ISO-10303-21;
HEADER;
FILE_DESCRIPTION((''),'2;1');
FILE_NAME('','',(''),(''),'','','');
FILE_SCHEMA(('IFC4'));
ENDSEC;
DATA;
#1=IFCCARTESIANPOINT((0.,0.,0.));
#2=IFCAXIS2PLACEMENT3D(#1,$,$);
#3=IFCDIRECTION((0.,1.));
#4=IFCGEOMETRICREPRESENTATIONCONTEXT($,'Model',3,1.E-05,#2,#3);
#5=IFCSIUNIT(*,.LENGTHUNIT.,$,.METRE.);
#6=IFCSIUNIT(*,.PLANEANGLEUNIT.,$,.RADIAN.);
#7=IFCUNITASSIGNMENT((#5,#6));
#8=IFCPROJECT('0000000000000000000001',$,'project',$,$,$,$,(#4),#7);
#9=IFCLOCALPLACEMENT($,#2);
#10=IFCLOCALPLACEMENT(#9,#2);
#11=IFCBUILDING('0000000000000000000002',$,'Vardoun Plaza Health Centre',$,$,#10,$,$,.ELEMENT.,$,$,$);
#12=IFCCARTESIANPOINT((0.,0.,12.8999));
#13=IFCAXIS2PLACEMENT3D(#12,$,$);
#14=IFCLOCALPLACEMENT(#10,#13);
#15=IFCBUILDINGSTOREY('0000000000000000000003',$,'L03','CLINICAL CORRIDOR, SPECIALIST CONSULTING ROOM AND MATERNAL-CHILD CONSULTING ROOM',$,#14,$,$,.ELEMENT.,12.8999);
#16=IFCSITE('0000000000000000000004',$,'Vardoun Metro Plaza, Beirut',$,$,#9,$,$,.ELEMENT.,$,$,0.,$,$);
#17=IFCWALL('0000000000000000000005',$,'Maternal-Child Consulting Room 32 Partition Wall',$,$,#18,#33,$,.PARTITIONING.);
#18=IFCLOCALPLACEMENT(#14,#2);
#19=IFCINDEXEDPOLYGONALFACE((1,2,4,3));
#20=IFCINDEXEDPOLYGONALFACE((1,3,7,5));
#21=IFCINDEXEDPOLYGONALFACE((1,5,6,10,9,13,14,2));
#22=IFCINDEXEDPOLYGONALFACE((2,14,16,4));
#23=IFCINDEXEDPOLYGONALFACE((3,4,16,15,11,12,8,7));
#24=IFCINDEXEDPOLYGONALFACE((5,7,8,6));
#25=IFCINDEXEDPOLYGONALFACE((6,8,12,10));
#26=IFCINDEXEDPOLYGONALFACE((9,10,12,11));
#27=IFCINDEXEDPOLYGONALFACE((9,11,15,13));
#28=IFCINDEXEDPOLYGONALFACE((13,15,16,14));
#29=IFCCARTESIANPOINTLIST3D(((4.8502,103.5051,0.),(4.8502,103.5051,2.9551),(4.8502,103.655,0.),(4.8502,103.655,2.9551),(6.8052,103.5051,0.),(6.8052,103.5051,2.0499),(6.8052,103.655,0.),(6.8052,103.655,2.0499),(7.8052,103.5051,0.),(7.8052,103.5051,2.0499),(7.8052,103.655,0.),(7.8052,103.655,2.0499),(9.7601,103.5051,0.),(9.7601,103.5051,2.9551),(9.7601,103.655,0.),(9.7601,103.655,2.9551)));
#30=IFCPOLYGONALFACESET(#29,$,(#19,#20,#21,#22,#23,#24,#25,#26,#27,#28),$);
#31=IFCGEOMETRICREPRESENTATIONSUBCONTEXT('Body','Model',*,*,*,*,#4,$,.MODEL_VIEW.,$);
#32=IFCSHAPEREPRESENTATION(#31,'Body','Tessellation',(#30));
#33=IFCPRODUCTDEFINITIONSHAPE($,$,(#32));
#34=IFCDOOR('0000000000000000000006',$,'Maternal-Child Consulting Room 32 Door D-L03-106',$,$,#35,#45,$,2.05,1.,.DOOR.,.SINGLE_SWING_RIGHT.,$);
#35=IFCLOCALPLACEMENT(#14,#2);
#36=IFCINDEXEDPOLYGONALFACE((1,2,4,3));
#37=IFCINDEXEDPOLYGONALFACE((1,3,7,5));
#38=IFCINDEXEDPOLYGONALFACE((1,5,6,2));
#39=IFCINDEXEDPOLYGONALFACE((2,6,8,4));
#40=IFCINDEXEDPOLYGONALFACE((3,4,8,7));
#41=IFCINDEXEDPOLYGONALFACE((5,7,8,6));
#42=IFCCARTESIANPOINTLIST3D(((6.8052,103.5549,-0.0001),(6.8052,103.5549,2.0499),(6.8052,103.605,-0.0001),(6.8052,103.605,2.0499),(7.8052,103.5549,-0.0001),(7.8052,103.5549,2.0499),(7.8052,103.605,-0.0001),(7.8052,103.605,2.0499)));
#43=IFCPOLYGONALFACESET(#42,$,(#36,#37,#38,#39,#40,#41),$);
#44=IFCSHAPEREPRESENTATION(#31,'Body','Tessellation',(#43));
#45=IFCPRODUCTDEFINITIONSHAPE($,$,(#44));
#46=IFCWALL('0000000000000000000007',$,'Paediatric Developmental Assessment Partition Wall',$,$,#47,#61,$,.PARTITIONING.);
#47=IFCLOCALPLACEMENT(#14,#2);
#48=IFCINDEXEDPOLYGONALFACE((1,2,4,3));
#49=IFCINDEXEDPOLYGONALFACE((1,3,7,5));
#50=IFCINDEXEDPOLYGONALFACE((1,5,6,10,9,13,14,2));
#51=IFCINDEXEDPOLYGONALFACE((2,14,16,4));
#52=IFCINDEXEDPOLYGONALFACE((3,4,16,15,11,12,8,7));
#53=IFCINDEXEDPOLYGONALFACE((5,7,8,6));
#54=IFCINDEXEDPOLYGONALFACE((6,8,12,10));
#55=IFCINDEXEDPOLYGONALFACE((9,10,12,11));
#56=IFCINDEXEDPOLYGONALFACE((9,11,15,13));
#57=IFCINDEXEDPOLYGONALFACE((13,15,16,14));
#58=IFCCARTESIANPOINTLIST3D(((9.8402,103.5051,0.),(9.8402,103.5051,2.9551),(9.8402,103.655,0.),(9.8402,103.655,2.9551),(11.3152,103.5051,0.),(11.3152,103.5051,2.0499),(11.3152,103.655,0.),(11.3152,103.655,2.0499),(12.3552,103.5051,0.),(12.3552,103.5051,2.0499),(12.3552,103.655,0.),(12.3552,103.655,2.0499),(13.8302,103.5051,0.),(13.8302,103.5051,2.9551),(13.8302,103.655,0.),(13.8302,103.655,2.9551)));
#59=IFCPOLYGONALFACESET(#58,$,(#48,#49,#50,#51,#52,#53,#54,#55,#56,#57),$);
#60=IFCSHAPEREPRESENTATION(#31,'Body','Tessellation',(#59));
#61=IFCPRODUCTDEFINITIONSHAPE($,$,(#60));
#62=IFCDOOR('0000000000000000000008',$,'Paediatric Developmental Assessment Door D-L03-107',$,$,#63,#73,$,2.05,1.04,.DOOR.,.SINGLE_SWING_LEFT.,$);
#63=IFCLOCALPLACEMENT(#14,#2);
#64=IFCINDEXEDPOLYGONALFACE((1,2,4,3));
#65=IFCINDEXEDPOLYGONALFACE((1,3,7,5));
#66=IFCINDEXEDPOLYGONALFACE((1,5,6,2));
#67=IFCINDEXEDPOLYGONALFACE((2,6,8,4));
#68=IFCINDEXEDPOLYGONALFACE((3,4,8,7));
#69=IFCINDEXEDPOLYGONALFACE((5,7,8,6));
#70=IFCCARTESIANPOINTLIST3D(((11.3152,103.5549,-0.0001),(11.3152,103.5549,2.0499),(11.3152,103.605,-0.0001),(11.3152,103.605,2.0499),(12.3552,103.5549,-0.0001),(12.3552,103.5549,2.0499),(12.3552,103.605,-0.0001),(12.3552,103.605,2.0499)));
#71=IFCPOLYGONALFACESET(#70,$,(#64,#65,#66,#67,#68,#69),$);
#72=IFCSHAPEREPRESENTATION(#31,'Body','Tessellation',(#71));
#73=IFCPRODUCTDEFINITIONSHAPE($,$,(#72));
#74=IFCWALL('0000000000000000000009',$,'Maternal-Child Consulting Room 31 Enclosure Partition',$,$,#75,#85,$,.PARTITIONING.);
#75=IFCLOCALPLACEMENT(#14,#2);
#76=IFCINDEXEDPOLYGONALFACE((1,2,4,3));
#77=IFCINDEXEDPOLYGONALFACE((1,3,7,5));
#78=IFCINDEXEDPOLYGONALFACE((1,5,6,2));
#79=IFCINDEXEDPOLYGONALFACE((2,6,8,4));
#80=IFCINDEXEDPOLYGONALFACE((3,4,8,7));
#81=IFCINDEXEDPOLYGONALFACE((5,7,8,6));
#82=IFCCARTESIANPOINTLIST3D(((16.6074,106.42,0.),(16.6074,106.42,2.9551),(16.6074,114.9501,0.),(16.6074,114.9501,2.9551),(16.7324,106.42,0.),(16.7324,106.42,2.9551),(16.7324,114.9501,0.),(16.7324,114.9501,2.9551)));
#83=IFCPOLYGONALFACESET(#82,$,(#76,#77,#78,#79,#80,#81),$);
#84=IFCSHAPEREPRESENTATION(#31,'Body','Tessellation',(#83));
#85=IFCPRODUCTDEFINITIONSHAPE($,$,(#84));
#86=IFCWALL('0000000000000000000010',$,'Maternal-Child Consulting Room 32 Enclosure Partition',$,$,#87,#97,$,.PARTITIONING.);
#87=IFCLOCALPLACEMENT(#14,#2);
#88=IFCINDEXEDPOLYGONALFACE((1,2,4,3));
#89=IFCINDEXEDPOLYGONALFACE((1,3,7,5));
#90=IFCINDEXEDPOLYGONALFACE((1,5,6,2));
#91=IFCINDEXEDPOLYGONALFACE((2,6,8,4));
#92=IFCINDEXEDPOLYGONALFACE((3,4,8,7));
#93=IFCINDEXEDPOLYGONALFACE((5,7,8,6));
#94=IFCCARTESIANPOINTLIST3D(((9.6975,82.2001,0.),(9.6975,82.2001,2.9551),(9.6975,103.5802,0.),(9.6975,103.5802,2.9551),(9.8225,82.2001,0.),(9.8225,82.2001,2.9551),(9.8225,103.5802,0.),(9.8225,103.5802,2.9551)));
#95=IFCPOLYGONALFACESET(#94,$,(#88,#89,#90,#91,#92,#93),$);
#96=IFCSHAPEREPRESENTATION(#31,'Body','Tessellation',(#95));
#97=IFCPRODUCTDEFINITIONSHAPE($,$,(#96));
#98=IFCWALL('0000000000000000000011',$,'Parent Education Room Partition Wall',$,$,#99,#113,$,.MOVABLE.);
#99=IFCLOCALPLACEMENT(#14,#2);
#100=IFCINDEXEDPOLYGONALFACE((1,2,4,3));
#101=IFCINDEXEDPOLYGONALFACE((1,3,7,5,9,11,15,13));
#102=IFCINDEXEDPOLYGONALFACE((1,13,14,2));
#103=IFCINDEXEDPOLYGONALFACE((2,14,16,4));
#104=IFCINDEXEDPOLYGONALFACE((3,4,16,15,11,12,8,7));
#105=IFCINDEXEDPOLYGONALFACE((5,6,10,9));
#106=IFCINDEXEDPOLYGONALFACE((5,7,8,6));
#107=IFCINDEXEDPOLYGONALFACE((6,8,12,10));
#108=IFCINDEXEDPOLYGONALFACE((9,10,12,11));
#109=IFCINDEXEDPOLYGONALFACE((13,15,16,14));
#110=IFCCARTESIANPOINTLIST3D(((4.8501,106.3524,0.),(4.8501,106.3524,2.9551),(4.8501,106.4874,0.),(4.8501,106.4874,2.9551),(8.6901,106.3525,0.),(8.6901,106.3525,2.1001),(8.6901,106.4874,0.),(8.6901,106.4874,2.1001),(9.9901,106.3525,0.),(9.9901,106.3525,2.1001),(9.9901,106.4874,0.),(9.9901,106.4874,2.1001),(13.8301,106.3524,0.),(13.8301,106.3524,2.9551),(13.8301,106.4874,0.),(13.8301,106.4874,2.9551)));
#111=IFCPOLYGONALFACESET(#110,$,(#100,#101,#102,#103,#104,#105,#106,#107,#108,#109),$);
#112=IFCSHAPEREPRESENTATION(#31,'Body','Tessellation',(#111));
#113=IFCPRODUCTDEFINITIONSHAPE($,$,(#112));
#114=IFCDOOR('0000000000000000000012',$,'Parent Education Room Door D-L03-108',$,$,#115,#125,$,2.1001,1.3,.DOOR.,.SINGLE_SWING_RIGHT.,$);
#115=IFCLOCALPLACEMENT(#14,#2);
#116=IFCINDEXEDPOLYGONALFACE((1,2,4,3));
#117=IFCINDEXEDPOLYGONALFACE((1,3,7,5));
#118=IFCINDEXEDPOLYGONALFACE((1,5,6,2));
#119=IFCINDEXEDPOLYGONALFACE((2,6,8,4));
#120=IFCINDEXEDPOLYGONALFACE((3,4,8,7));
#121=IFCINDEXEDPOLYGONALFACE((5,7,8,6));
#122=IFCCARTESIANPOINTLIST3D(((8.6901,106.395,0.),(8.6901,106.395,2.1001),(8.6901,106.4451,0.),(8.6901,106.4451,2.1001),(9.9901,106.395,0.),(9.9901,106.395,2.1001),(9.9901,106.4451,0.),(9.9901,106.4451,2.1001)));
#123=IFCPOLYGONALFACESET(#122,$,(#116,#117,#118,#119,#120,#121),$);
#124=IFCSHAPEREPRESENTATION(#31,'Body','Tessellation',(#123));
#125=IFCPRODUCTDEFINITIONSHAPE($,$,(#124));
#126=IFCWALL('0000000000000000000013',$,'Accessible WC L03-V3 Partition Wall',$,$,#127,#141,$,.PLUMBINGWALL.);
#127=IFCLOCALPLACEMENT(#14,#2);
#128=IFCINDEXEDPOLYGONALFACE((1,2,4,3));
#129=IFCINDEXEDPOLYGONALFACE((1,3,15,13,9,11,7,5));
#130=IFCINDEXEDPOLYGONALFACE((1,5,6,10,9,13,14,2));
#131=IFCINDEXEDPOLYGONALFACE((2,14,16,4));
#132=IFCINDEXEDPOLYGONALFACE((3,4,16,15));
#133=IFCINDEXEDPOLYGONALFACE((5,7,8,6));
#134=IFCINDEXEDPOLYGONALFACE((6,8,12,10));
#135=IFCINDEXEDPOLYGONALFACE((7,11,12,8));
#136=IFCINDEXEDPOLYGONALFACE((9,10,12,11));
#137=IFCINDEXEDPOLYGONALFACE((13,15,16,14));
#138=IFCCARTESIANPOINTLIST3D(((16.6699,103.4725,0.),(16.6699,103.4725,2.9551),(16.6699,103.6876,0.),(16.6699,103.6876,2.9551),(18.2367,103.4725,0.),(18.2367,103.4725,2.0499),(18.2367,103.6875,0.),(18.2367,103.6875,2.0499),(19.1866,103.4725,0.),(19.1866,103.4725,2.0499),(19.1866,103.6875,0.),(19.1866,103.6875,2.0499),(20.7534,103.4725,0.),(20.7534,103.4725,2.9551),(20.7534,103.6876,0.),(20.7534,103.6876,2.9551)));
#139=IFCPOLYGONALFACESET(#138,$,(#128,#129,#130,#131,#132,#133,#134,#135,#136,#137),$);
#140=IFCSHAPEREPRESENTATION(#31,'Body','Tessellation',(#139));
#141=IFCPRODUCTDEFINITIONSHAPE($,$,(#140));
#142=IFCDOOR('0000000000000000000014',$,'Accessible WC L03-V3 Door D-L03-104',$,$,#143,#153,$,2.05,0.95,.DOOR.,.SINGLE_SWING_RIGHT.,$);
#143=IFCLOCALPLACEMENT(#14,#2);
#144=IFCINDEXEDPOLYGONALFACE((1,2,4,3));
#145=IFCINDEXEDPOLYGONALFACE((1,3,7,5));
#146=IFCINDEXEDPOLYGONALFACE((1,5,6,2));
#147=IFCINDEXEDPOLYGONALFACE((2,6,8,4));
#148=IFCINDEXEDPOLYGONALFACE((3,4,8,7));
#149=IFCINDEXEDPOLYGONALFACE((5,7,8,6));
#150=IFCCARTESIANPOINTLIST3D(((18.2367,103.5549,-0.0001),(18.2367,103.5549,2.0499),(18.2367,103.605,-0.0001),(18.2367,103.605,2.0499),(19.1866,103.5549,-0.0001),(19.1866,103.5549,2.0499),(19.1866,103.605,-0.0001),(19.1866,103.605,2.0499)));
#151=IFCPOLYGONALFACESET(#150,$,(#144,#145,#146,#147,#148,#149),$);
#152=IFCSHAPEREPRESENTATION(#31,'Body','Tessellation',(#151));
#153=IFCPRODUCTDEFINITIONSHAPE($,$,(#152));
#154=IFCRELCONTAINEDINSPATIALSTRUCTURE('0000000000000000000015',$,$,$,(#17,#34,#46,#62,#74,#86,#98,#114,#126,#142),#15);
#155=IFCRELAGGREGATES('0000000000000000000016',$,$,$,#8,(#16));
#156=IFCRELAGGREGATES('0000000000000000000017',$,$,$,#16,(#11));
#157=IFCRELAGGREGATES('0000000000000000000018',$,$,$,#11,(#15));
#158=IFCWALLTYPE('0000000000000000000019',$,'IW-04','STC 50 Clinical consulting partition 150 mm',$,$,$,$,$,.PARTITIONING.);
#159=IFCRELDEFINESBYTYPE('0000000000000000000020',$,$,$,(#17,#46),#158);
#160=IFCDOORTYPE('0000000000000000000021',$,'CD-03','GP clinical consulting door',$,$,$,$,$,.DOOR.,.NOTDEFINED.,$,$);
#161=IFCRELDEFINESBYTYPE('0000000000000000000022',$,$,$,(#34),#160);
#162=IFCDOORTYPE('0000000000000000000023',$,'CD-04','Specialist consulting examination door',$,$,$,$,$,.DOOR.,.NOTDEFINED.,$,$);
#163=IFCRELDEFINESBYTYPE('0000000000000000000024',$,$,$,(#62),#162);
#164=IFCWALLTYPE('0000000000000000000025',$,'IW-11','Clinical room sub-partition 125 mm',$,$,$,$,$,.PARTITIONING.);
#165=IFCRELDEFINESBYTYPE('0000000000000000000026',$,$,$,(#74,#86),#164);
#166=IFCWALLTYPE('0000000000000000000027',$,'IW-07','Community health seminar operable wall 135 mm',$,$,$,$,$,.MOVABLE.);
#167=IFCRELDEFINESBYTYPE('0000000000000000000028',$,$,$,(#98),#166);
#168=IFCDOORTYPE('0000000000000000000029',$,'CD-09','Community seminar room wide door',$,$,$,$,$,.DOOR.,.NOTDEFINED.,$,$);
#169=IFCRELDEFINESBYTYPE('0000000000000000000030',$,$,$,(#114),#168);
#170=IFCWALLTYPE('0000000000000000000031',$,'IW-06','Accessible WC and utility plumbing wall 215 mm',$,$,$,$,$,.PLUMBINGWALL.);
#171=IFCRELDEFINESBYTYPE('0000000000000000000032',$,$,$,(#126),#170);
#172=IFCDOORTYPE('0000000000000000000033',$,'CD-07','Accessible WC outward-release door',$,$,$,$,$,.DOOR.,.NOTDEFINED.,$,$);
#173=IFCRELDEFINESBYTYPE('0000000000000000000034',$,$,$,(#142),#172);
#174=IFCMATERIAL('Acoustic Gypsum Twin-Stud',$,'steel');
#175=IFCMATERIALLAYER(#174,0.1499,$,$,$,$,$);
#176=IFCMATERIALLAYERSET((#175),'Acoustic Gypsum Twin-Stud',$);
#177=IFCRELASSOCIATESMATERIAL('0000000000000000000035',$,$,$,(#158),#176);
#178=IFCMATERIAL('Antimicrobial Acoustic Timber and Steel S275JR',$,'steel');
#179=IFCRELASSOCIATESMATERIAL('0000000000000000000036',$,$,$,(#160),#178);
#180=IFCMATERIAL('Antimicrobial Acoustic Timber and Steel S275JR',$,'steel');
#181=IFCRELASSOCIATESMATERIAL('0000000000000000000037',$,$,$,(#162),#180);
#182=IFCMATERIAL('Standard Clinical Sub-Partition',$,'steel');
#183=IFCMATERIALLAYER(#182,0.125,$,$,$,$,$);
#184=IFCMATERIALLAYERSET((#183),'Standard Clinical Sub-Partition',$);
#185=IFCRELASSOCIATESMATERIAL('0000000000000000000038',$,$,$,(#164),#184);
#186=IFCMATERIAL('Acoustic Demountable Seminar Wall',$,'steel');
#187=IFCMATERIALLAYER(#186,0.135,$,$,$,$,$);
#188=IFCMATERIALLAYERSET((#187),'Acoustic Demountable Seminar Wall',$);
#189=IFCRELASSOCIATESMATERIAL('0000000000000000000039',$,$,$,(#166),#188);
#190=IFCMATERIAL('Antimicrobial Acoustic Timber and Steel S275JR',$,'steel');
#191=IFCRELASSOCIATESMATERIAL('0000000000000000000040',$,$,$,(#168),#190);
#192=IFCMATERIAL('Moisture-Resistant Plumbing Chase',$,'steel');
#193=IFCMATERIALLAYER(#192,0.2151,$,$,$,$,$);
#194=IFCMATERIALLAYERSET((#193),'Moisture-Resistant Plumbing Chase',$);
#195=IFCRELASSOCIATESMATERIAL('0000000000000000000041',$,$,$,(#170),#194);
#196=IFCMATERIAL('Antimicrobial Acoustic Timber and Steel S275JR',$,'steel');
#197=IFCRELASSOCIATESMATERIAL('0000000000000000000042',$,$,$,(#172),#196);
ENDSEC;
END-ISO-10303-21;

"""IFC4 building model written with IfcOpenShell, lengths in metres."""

from ifc_helpers import new_model, si_unit, direction, frame, frame_2d, origin, place, context, subcontext, project, spatial, rectangle, extrude, material, layer, layer_set, type_object, element, fill, save


model = new_model("IFC4")

# Units and contexts
model_context = context("Model", 3, precision=1e-05, world=origin(), true_north=direction((0.0, 1.0)))
body_context = subcontext(model_context, "Body", "Model", "MODEL_VIEW")
ifc_project = project(units=[si_unit("LENGTHUNIT", "METRE"), si_unit("PLANEANGLEUNIT", "RADIAN")], contexts=[model_context])

# Site, building, storey
site_placement = place(None, origin())
site = spatial("IfcSite", under=ifc_project, at=site_placement, Name="Vardoun Metro Plaza, Beirut", CompositionType="ELEMENT", RefElevation=0.0)
building_placement = place(site_placement, origin())
building = spatial("IfcBuilding", under=site, at=building_placement, Name="Vardoun Plaza Health Centre", CompositionType="ELEMENT")
storey_placement = place(building_placement, frame((0.0, 0.0, 12.8999)))
storey = spatial("IfcBuildingStorey", under=building, at=storey_placement, Name="L03", Description="CLINICAL CORRIDOR, SPECIALIST CONSULTING ROOM AND MATERNAL-CHILD CONSULTING ROOM", CompositionType="ELEMENT", Elevation=12.8999)

# Walls, openings, doors
ifc_material_1 = material(Name="Acoustic Gypsum Twin-Stud", Category="steel")
ifc_layer_1 = layer(ifc_material_1, 0.1499)
ifc_layer_set_1 = layer_set([ifc_layer_1], Name="Acoustic Gypsum Twin-Stud")
wall_type_1 = type_object("IfcWallType", Name="IW-04", Description="STC 50 Clinical consulting partition 150 mm", PredefinedType="PARTITIONING", material=ifc_layer_set_1)
wall_1_placement = place(storey_placement, frame((4.8501, 103.5801, 0.0), z_axis=(0.0, 0.0, 1.0), x_axis=(1.0, 0.0, 0.0)))
wall_1 = element("IfcWall", 1, at=wall_1_placement, inside=storey, type_object=wall_type_1, Name="Maternal-Child Consulting Room 32 Partition Wall", PredefinedType="PARTITIONING", context=body_context, shape_type="SweptSolid", body=[
    extrude(rectangle(XDim=4.9099, YDim=0.1499, at=frame_2d((2.4551, 0.0))), origin(), (0.0, 0.0, 1.0), 2.9551),
])
opening_1_placement = place(wall_1_placement, frame((1.9551, 0.0, 0.0)))
opening_1 = element("IfcOpeningElement", 2, at=opening_1_placement, cuts=wall_1, PredefinedType="OPENING", context=body_context, shape_type="SweptSolid", body=[
    extrude(rectangle(XDim=1.0, YDim=2.05, at=frame_2d((0.5, 1.0249))), frame((0.0, 0.075, 0.0), z_axis=(0.0, -1.0, 0.0), x_axis=(1.0, 0.0, 0.0)), (0.0, 0.0, 1.0), 0.1499),
])
ifc_material_2 = material(Name="Antimicrobial Acoustic Timber and Steel S275JR", Category="steel")
door_type_1 = type_object("IfcDoorType", Name="CD-03", Description="GP clinical consulting door", OperationType="NOTDEFINED", PredefinedType="DOOR", material=ifc_material_2)
door_1_placement = place(opening_1_placement, origin())
door_1 = element("IfcDoor", 3, at=door_1_placement, inside=storey, type_object=door_type_1, Name="Maternal-Child Consulting Room 32 Door D-L03-106", OperationType="SINGLE_SWING_RIGHT", OverallHeight=2.05, OverallWidth=1.0, PredefinedType="DOOR", context=body_context, shape_type="SweptSolid", body=[
    extrude(rectangle(XDim=1.0, YDim=2.05, at=frame_2d((0.5, 1.0249))), frame((0.0, 0.0249, 0.0), z_axis=(0.0, -1.0, 0.0), x_axis=(1.0, 0.0, 0.0)), (0.0, 0.0, 1.0), 0.05),
])
fill(opening_1, door_1)
wall_2_placement = place(storey_placement, frame((9.8401, 103.5801, 0.0), z_axis=(0.0, 0.0, 1.0), x_axis=(1.0, 0.0, 0.0)))
wall_2 = element("IfcWall", 4, at=wall_2_placement, inside=storey, type_object=wall_type_1, Name="Paediatric Developmental Assessment Partition Wall", PredefinedType="PARTITIONING", context=body_context, shape_type="SweptSolid", body=[
    extrude(rectangle(XDim=3.99, YDim=0.1499, at=frame_2d((1.9951, 0.0))), origin(), (0.0, 0.0, 1.0), 2.9551),
])
opening_2_placement = place(wall_2_placement, frame((1.4751, 0.0, 0.0)))
opening_2 = element("IfcOpeningElement", 5, at=opening_2_placement, cuts=wall_2, PredefinedType="OPENING", context=body_context, shape_type="SweptSolid", body=[
    extrude(rectangle(XDim=1.04, YDim=2.05, at=frame_2d((0.52, 1.0249))), frame((0.0, 0.075, 0.0), z_axis=(0.0, -1.0, 0.0), x_axis=(1.0, 0.0, 0.0)), (0.0, 0.0, 1.0), 0.1499),
])
ifc_material_3 = material(Name="Antimicrobial Acoustic Timber and Steel S275JR", Category="steel")
door_type_2 = type_object("IfcDoorType", Name="CD-04", Description="Specialist consulting examination door", OperationType="NOTDEFINED", PredefinedType="DOOR", material=ifc_material_3)
door_2_placement = place(opening_2_placement, origin())
door_2 = element("IfcDoor", 6, at=door_2_placement, inside=storey, type_object=door_type_2, Name="Paediatric Developmental Assessment Door D-L03-107", OperationType="SINGLE_SWING_LEFT", OverallHeight=2.05, OverallWidth=1.04, PredefinedType="DOOR", context=body_context, shape_type="SweptSolid", body=[
    extrude(rectangle(XDim=1.04, YDim=2.05, at=frame_2d((0.52, 1.0249))), frame((0.0, 0.0249, 0.0), z_axis=(0.0, -1.0, 0.0), x_axis=(1.0, 0.0, 0.0)), (0.0, 0.0, 1.0), 0.05),
])
fill(opening_2, door_2)

# Walls
ifc_material_4 = material(Name="Standard Clinical Sub-Partition", Category="steel")
ifc_layer_2 = layer(ifc_material_4, 0.125)
ifc_layer_set_2 = layer_set([ifc_layer_2], Name="Standard Clinical Sub-Partition")
wall_type_2 = type_object("IfcWallType", Name="IW-11", Description="Clinical room sub-partition 125 mm", PredefinedType="PARTITIONING", material=ifc_layer_set_2)
wall_3_placement = place(storey_placement, frame((16.6699, 106.4199, 0.0), z_axis=(0.0, 0.0, 1.0), x_axis=(0.0, 1.0, 0.0)))
element("IfcWall", 7, at=wall_3_placement, inside=storey, type_object=wall_type_2, Name="Maternal-Child Consulting Room 31 Enclosure Partition", PredefinedType="PARTITIONING", context=body_context, shape_type="SweptSolid", body=[
    extrude(rectangle(XDim=8.53, YDim=0.125, at=frame_2d((4.2651, 0.0))), origin(), (0.0, 0.0, 1.0), 2.9551),
])
wall_4_placement = place(storey_placement, frame((9.76, 103.5801, 0.0), z_axis=(0.0, 0.0, 1.0), x_axis=(0.0, -1.0, 0.0)))
element("IfcWall", 8, at=wall_4_placement, inside=storey, type_object=wall_type_2, Name="Maternal-Child Consulting Room 32 Enclosure Partition", PredefinedType="PARTITIONING", context=body_context, shape_type="SweptSolid", body=[
    extrude(rectangle(XDim=21.3801, YDim=0.125, at=frame_2d((10.6899, 0.0))), origin(), (0.0, 0.0, 1.0), 2.9551),
])

# Walls, openings, doors
ifc_material_5 = material(Name="Acoustic Demountable Seminar Wall", Category="steel")
ifc_layer_3 = layer(ifc_material_5, 0.135)
ifc_layer_set_3 = layer_set([ifc_layer_3], Name="Acoustic Demountable Seminar Wall")
wall_type_3 = type_object("IfcWallType", Name="IW-07", Description="Community health seminar operable wall 135 mm", PredefinedType="MOVABLE", material=ifc_layer_set_3)
wall_5_placement = place(storey_placement, frame((13.8301, 106.4199, 0.0), z_axis=(0.0, 0.0, 1.0), x_axis=(-1.0, 0.0, 0.0)))
wall_5 = element("IfcWall", 9, at=wall_5_placement, inside=storey, type_object=wall_type_3, Name="Parent Education Room Partition Wall", PredefinedType="MOVABLE", context=body_context, shape_type="SweptSolid", body=[
    extrude(rectangle(XDim=8.98, YDim=0.135, at=frame_2d((4.49, 0.0))), origin(), (0.0, 0.0, 1.0), 2.9551),
])
opening_3_placement = place(wall_5_placement, frame((3.8401, 0.0, 0.0)))
opening_3 = element("IfcOpeningElement", 10, at=opening_3_placement, cuts=wall_5, PredefinedType="OPENING", context=body_context, shape_type="SweptSolid", body=[
    extrude(rectangle(XDim=1.3, YDim=2.1001, at=frame_2d((0.6499, 1.05))), frame((0.0, 0.0674, 0.0), z_axis=(0.0, -1.0, 0.0), x_axis=(1.0, 0.0, 0.0)), (0.0, 0.0, 1.0), 0.135),
])
ifc_material_6 = material(Name="Antimicrobial Acoustic Timber and Steel S275JR", Category="steel")
door_type_3 = type_object("IfcDoorType", Name="CD-09", Description="Community seminar room wide door", OperationType="NOTDEFINED", PredefinedType="DOOR", material=ifc_material_6)
door_3_placement = place(opening_3_placement, origin())
door_3 = element("IfcDoor", 11, at=door_3_placement, inside=storey, type_object=door_type_3, Name="Parent Education Room Door D-L03-108", OperationType="SINGLE_SWING_RIGHT", OverallHeight=2.1001, OverallWidth=1.3, PredefinedType="DOOR", context=body_context, shape_type="SweptSolid", body=[
    extrude(rectangle(XDim=1.3, YDim=2.1001, at=frame_2d((0.6499, 1.05))), frame((0.0, 0.0249, 0.0), z_axis=(0.0, -1.0, 0.0), x_axis=(1.0, 0.0, 0.0)), (0.0, 0.0, 1.0), 0.05),
])
fill(opening_3, door_3)
ifc_material_7 = material(Name="Moisture-Resistant Plumbing Chase", Category="steel")
ifc_layer_4 = layer(ifc_material_7, 0.2151)
ifc_layer_set_4 = layer_set([ifc_layer_4], Name="Moisture-Resistant Plumbing Chase")
wall_type_4 = type_object("IfcWallType", Name="IW-06", Description="Accessible WC and utility plumbing wall 215 mm", PredefinedType="PLUMBINGWALL", material=ifc_layer_set_4)
wall_6_placement = place(storey_placement, frame((16.6699, 103.5801, 0.0), z_axis=(0.0, 0.0, 1.0), x_axis=(1.0, 0.0, 0.0)))
wall_6 = element("IfcWall", 12, at=wall_6_placement, inside=storey, type_object=wall_type_4, Name="Accessible WC L03-V3 Partition Wall", PredefinedType="PLUMBINGWALL", context=body_context, shape_type="SweptSolid", body=[
    extrude(rectangle(XDim=4.0835, YDim=0.2151, at=frame_2d((2.0417, 0.0))), origin(), (0.0, 0.0, 1.0), 2.9551),
])
opening_4_placement = place(wall_6_placement, frame((1.5667, 0.0, 0.0)))
opening_4 = element("IfcOpeningElement", 13, at=opening_4_placement, cuts=wall_6, PredefinedType="OPENING", context=body_context, shape_type="SweptSolid", body=[
    extrude(rectangle(XDim=0.95, YDim=2.05, at=frame_2d((0.4751, 1.0249))), frame((0.0, 0.1074, 0.0), z_axis=(0.0, -1.0, 0.0), x_axis=(1.0, 0.0, 0.0)), (0.0, 0.0, 1.0), 0.2151),
])
ifc_material_8 = material(Name="Antimicrobial Acoustic Timber and Steel S275JR", Category="steel")
door_type_4 = type_object("IfcDoorType", Name="CD-07", Description="Accessible WC outward-release door", OperationType="NOTDEFINED", PredefinedType="DOOR", material=ifc_material_8)
door_4_placement = place(opening_4_placement, origin())
door_4 = element("IfcDoor", 14, at=door_4_placement, inside=storey, type_object=door_type_4, Name="Accessible WC L03-V3 Door D-L03-104", OperationType="SINGLE_SWING_RIGHT", OverallHeight=2.05, OverallWidth=0.95, PredefinedType="DOOR", context=body_context, shape_type="SweptSolid", body=[
    extrude(rectangle(XDim=0.95, YDim=2.05, at=frame_2d((0.4751, 1.0249))), frame((0.0, 0.0249, 0.0), z_axis=(0.0, -1.0, 0.0), x_axis=(1.0, 0.0, 0.0)), (0.0, 0.0, 1.0), 0.05),
])
fill(opening_4, door_4)

save(model, "model.ifc")
